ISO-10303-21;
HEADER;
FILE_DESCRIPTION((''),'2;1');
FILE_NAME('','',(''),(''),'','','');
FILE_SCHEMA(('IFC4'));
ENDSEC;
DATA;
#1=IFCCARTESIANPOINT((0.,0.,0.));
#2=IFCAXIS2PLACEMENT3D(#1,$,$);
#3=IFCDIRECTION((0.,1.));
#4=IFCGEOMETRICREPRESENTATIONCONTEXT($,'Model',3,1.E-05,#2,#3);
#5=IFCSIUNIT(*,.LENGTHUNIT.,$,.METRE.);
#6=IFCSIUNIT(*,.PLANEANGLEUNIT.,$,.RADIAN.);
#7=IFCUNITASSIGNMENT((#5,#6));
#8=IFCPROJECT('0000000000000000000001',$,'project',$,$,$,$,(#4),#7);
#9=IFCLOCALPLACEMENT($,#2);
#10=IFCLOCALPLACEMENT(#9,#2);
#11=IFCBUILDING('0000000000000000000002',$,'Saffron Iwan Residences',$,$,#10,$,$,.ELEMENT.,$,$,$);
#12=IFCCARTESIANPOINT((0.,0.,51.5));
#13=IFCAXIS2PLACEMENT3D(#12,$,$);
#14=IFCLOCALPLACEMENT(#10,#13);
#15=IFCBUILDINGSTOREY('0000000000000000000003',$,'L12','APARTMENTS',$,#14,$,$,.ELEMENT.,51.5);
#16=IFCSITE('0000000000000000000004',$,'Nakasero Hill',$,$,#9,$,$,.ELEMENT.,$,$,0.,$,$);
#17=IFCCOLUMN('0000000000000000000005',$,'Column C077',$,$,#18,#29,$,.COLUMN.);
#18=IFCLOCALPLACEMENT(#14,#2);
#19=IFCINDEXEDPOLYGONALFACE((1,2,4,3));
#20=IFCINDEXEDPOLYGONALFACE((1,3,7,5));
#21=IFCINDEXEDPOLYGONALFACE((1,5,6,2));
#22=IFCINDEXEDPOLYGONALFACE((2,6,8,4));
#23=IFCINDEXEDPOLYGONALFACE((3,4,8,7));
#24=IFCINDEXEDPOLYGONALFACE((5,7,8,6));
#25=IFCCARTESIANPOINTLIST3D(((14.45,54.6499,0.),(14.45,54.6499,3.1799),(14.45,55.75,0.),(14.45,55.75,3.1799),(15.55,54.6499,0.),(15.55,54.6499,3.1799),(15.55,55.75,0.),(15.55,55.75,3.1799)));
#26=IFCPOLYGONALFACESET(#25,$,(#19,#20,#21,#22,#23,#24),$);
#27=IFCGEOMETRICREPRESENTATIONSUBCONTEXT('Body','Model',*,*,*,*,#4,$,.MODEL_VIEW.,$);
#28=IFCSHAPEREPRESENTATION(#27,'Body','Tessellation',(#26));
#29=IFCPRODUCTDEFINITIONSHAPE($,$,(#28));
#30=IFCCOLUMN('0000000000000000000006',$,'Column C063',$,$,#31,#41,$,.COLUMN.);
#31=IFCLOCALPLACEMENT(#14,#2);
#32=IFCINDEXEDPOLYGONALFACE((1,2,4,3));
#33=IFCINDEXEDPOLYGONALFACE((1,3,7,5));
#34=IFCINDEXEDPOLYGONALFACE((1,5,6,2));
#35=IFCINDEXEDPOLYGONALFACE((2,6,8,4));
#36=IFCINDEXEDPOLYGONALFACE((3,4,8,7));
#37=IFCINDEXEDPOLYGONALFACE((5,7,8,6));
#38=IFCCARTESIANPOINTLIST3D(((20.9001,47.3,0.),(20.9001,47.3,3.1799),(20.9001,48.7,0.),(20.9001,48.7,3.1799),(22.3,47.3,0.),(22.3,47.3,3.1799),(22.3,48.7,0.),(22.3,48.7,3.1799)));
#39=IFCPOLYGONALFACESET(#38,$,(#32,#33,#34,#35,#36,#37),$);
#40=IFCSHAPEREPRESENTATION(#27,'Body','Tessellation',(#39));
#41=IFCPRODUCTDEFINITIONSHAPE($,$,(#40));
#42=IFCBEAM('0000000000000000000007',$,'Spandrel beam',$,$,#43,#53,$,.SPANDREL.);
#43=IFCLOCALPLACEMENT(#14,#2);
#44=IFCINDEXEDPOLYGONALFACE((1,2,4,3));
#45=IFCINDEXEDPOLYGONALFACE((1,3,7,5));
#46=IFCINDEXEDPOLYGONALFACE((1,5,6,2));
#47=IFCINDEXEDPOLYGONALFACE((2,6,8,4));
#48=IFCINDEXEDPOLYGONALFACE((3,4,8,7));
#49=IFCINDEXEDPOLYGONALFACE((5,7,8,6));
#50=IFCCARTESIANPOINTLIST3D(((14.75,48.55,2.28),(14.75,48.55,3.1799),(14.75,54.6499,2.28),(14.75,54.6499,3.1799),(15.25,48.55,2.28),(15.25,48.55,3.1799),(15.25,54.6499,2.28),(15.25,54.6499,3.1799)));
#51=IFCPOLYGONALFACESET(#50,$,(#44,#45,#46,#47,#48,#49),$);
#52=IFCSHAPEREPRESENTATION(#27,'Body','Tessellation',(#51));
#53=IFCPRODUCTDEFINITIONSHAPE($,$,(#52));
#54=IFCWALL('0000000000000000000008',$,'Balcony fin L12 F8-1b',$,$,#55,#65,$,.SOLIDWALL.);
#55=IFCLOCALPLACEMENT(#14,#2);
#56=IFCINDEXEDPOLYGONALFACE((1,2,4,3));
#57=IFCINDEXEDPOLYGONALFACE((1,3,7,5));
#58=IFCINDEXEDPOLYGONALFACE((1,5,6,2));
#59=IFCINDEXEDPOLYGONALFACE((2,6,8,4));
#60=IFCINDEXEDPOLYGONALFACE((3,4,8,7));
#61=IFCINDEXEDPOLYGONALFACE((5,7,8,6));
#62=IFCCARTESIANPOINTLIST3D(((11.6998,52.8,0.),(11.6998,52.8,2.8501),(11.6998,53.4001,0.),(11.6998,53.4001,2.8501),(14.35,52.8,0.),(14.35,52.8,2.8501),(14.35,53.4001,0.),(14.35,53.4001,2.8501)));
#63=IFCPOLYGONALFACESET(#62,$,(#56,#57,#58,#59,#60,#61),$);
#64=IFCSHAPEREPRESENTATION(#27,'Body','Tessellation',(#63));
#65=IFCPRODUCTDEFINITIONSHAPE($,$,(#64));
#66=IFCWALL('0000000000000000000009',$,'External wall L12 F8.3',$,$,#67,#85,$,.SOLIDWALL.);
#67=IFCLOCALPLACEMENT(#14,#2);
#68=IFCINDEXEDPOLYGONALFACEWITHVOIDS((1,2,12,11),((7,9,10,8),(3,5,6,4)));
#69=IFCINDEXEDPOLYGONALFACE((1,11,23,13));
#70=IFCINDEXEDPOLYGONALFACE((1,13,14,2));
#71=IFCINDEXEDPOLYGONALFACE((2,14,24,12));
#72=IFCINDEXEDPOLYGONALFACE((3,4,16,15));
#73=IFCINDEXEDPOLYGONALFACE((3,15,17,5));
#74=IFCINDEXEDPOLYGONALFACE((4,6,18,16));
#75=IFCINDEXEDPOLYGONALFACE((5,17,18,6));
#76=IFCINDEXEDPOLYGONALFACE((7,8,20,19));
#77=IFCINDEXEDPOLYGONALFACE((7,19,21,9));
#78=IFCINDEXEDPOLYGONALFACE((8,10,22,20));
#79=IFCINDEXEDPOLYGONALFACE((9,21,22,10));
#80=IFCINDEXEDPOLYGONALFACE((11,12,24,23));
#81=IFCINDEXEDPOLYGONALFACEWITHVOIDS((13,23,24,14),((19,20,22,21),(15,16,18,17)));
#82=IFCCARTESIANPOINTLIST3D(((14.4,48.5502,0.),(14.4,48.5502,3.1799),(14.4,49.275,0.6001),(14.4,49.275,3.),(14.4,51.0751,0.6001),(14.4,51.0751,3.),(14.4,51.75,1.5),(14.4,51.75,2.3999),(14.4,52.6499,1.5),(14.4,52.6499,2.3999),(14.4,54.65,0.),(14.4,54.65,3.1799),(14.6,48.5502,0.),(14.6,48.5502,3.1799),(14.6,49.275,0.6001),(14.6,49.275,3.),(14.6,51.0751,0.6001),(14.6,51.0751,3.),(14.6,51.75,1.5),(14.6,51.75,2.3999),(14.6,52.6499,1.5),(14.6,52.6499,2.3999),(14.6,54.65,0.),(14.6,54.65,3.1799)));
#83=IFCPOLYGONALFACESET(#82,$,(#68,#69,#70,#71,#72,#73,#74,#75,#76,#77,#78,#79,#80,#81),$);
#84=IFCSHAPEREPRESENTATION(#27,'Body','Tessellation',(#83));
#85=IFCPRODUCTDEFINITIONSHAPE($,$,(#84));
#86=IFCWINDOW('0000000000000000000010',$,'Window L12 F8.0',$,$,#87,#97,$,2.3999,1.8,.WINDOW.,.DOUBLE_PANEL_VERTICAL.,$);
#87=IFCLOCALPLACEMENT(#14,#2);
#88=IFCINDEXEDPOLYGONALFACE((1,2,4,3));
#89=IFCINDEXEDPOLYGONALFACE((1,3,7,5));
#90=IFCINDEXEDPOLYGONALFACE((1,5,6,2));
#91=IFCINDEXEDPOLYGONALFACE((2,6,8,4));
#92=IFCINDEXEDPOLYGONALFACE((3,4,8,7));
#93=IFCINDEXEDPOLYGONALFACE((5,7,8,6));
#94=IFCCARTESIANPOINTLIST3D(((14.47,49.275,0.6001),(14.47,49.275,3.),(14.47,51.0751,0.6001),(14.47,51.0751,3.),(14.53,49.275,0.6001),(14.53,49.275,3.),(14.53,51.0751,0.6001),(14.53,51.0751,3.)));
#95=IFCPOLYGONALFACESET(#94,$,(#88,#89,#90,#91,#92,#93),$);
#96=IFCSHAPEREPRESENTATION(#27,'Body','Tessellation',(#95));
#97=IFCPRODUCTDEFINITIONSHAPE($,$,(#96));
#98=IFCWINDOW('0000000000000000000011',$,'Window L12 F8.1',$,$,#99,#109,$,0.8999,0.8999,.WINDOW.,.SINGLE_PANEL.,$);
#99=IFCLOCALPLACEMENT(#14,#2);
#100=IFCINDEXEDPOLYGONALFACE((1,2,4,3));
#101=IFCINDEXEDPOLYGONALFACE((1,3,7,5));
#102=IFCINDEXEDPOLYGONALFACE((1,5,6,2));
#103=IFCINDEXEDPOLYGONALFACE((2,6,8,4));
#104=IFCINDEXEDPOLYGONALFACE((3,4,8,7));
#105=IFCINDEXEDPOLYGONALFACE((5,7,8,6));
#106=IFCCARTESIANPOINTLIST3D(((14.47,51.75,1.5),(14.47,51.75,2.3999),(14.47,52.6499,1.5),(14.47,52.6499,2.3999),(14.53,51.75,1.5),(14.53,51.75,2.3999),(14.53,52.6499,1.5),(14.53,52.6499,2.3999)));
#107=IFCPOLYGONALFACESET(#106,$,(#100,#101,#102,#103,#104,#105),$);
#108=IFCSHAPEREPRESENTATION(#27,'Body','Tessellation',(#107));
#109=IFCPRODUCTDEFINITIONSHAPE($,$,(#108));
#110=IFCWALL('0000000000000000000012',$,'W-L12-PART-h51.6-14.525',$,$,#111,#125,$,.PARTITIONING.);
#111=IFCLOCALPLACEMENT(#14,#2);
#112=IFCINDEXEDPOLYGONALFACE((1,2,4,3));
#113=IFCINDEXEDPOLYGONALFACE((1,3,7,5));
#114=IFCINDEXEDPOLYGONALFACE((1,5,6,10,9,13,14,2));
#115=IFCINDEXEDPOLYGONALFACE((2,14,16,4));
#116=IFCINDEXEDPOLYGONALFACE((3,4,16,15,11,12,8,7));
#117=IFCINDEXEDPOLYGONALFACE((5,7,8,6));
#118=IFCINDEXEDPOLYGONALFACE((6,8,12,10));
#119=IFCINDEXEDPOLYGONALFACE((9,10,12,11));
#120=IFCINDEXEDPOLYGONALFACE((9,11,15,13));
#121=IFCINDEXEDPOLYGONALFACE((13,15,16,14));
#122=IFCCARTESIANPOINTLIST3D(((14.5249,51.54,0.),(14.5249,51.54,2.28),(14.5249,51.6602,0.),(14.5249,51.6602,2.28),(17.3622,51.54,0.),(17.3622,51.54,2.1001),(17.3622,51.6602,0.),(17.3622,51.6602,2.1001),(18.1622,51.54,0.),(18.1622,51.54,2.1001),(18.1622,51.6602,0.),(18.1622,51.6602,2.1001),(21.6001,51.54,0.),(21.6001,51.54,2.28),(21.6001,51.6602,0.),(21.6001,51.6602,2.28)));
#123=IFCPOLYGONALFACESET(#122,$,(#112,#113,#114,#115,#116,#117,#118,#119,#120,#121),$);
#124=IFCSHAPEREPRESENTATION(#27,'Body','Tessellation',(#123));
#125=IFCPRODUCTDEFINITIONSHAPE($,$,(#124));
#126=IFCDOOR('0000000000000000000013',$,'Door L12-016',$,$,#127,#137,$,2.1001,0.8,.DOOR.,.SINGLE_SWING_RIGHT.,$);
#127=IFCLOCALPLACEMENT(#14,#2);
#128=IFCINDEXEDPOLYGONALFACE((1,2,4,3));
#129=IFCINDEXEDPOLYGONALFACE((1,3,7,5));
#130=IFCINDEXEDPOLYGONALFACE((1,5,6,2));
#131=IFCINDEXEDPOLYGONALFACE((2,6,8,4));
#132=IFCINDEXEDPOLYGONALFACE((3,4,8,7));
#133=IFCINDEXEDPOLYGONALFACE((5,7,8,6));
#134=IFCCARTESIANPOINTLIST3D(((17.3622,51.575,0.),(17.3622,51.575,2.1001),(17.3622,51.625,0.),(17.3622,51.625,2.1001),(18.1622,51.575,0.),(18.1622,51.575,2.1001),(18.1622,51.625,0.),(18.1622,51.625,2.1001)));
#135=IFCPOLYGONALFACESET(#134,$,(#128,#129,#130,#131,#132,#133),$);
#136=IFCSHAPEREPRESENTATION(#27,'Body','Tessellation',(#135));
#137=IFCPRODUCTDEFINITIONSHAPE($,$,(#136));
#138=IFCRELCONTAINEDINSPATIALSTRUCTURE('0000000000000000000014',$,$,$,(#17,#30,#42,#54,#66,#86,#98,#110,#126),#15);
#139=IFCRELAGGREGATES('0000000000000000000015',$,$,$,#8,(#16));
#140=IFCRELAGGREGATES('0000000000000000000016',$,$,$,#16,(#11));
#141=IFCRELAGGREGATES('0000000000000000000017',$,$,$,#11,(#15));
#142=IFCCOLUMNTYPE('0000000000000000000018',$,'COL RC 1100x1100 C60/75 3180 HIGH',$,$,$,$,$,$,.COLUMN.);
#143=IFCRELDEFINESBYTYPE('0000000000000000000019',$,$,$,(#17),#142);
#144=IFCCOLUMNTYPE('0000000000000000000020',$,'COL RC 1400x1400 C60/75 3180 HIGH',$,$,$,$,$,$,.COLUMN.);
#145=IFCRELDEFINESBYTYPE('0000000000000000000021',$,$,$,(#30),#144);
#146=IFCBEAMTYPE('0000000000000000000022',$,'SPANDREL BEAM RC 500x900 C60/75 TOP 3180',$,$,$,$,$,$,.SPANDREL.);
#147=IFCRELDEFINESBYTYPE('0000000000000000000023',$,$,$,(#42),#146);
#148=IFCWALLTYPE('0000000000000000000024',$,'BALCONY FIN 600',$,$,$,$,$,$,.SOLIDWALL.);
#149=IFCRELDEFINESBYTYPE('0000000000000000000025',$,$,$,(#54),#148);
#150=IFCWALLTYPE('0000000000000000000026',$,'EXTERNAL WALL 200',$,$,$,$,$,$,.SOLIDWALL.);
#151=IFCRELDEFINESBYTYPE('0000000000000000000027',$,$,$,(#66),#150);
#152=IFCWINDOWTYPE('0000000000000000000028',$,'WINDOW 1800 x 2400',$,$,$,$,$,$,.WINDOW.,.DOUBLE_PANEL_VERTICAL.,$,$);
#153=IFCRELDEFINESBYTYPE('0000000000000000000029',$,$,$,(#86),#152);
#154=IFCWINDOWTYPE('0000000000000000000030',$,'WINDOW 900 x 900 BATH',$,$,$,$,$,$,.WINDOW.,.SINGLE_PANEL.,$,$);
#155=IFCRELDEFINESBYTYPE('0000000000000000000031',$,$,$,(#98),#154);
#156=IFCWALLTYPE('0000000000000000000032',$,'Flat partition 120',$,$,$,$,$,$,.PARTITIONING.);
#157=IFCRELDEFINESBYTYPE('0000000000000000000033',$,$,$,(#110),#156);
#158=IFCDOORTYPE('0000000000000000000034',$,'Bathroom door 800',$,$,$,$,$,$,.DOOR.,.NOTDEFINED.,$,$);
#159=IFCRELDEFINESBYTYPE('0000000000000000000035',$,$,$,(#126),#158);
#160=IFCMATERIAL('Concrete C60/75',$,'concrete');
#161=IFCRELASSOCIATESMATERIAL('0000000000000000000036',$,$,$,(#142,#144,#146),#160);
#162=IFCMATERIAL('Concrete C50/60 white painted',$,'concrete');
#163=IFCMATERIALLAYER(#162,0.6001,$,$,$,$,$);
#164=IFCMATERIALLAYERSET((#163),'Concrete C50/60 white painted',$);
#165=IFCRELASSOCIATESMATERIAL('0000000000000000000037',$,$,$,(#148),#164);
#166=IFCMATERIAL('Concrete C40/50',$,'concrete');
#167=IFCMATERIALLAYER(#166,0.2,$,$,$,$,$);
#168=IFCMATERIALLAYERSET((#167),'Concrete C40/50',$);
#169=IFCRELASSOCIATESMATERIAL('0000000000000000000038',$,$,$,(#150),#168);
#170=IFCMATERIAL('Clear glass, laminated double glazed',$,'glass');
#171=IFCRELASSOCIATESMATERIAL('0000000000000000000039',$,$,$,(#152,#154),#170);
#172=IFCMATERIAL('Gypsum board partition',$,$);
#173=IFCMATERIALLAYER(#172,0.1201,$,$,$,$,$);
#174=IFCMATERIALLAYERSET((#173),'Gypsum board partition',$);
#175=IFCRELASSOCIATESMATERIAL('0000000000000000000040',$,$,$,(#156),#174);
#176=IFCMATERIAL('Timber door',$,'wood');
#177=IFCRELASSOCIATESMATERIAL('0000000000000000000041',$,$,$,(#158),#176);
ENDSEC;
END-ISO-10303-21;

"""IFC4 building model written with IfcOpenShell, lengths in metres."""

from ifc_helpers import new_model, si_unit, direction, frame, frame_2d, origin, origin_2d, place, context, subcontext, project, spatial, rectangle, extrude, source, transform, mapped, material, layer, layer_set, material_profile, profile_set, type_object, element, fill, save


model = new_model("IFC4")

# Units and contexts
model_context = context("Model", 3, precision=1e-05, world=origin(), true_north=direction((0.0, 1.0)))
body_context = subcontext(model_context, "Body", "Model", "MODEL_VIEW")
ifc_project = project(units=[si_unit("LENGTHUNIT", "METRE"), si_unit("PLANEANGLEUNIT", "RADIAN")], contexts=[model_context])

# Site, building, storey
site_placement = place(None, origin())
site = spatial("IfcSite", under=ifc_project, at=site_placement, Name="Nakasero Hill", CompositionType="ELEMENT", RefElevation=0.0)
building_placement = place(site_placement, origin())
building = spatial("IfcBuilding", under=site, at=building_placement, Name="Saffron Iwan Residences", CompositionType="ELEMENT")
storey_placement = place(building_placement, frame((0.0, 0.0, 51.5)))
storey = spatial("IfcBuildingStorey", under=building, at=storey_placement, Name="L12", Description="APARTMENTS", CompositionType="ELEMENT", Elevation=51.5)

# Columns
ifc_material_1 = material(Name="Concrete C60/75", Category="concrete")
ifc_material_profile_1 = material_profile(ifc_material_1, rectangle(XDim=1.1001, YDim=1.1001, at=origin_2d()), Name="RC 1100x1100")
ifc_profile_set_1 = profile_set([ifc_material_profile_1], Name="Concrete C60/75")
column_type_1 = type_object("IfcColumnType", Name="COL RC 1100x1100 C60/75 3180 HIGH", PredefinedType="COLUMN", material=ifc_profile_set_1)
shared_shape_1 = source(origin(), body_context, "Body", "SweptSolid", [
    extrude(rectangle(XDim=1.1001, YDim=1.1001, at=origin_2d()), origin(), (0.0, 0.0, 1.0), 3.1799),
])
column_1_placement = place(storey_placement, frame((15.0, 55.2, 0.0), z_axis=(0.0, 0.0, 1.0), x_axis=(1.0, 0.0, 0.0)))
element("IfcColumn", 1, at=column_1_placement, inside=storey, type_object=column_type_1, Name="Column C077", PredefinedType="COLUMN", context=body_context, shape_type="MappedRepresentation", body=[
    mapped(shared_shape_1, transform((0.0, 0.0, 0.0))),
])
ifc_material_profile_2 = material_profile(ifc_material_1, rectangle(XDim=1.3999, YDim=1.3999, at=origin_2d()), Name="RC 1400x1400")
ifc_profile_set_2 = profile_set([ifc_material_profile_2], Name="Concrete C60/75")
column_type_2 = type_object("IfcColumnType", Name="COL RC 1400x1400 C60/75 3180 HIGH", PredefinedType="COLUMN", material=ifc_profile_set_2)
shared_shape_2 = source(origin(), body_context, "Body", "SweptSolid", [
    extrude(rectangle(XDim=1.3999, YDim=1.3999, at=origin_2d()), origin(), (0.0, 0.0, 1.0), 3.1799),
])
column_2_placement = place(storey_placement, frame((21.6001, 48.0, 0.0), z_axis=(0.0, 0.0, 1.0), x_axis=(1.0, 0.0, 0.0)))
element("IfcColumn", 2, at=column_2_placement, inside=storey, type_object=column_type_2, Name="Column C063", PredefinedType="COLUMN", context=body_context, shape_type="MappedRepresentation", body=[
    mapped(shared_shape_2, transform((0.0, 0.0, 0.0))),
])

# Beam
ifc_material_profile_3 = material_profile(ifc_material_1, rectangle(XDim=0.5, YDim=0.8999, at=origin_2d()), Name="RC 500x900")
ifc_profile_set_3 = profile_set([ifc_material_profile_3], Name="Concrete C60/75")
beam_type = type_object("IfcBeamType", Name="SPANDREL BEAM RC 500x900 C60/75 TOP 3180", PredefinedType="SPANDREL", material=ifc_profile_set_3)
shared_shape_3 = source(origin(), body_context, "Body", "SweptSolid", [
    extrude(rectangle(XDim=0.5, YDim=0.8999, at=origin_2d()), origin(), (0.0, 0.0, 1.0), 6.0999),
])
beam_placement = place(storey_placement, frame((15.0, 48.55, 2.73), z_axis=(0.0, 1.0, 0.0), x_axis=(-1.0, 0.0, 0.0)))
element("IfcBeam", 3, at=beam_placement, inside=storey, type_object=beam_type, Name="Spandrel beam", PredefinedType="SPANDREL", context=body_context, shape_type="MappedRepresentation", body=[
    mapped(shared_shape_3, transform((0.0, 0.0, 0.0))),
])

# Wall
ifc_material_2 = material(Name="Concrete C50/60 white painted", Category="concrete")
ifc_layer_1 = layer(ifc_material_2, 0.6001)
ifc_layer_set_1 = layer_set([ifc_layer_1], Name="Concrete C50/60 white painted")
wall_type_1 = type_object("IfcWallType", Name="BALCONY FIN 600", PredefinedType="SOLIDWALL", material=ifc_layer_set_1)
wall_1_placement = place(storey_placement, frame((14.3501, 53.1001, 0.0), z_axis=(0.0, 0.0, 1.0), x_axis=(-1.0, 0.0, 0.0)))
element("IfcWall", 4, at=wall_1_placement, inside=storey, type_object=wall_type_1, Name="Balcony fin L12 F8-1b", PredefinedType="SOLIDWALL", context=body_context, shape_type="SweptSolid", body=[
    extrude(rectangle(XDim=2.6501, YDim=0.6001, at=frame_2d((1.3252, 0.0))), origin(), (0.0, 0.0, 1.0), 2.8501),
])

# Wall, openings, windows
ifc_material_3 = material(Name="Concrete C40/50", Category="concrete")
ifc_layer_2 = layer(ifc_material_3, 0.2)
ifc_layer_set_2 = layer_set([ifc_layer_2], Name="Concrete C40/50")
wall_type_2 = type_object("IfcWallType", Name="EXTERNAL WALL 200", PredefinedType="SOLIDWALL", material=ifc_layer_set_2)
wall_2_placement = place(storey_placement, frame((14.5, 54.6499, 0.0), z_axis=(0.0, 0.0, 1.0), x_axis=(0.0, -1.0, 0.0)))
wall_2 = element("IfcWall", 5, at=wall_2_placement, inside=storey, type_object=wall_type_2, Name="External wall L12 F8.3", PredefinedType="SOLIDWALL", context=body_context, shape_type="SweptSolid", body=[
    extrude(rectangle(XDim=6.0999, YDim=0.2, at=frame_2d((3.0498, 0.0))), origin(), (0.0, 0.0, 1.0), 3.1799),
])
opening_1_placement = place(wall_2_placement, frame((3.575, 0.0, 0.6001)))
opening_1 = element("IfcOpeningElement", 6, at=opening_1_placement, cuts=wall_2, PredefinedType="OPENING", context=body_context, shape_type="SweptSolid", body=[
    extrude(rectangle(XDim=1.8, YDim=2.3999, at=frame_2d((0.8999, 1.2))), frame((0.0, 0.1099, 0.0), z_axis=(0.0, -1.0, 0.0), x_axis=(1.0, 0.0, 0.0)), (0.0, 0.0, 1.0), 0.22),
])
opening_2_placement = place(wall_2_placement, frame((2.0, 0.0, 1.5)))
opening_2 = element("IfcOpeningElement", 7, at=opening_2_placement, cuts=wall_2, PredefinedType="OPENING", context=body_context, shape_type="SweptSolid", body=[
    extrude(rectangle(XDim=0.8999, YDim=0.8999, at=frame_2d((0.45, 0.45))), frame((0.0, 0.1099, 0.0), z_axis=(0.0, -1.0, 0.0), x_axis=(1.0, 0.0, 0.0)), (0.0, 0.0, 1.0), 0.22),
])
ifc_material_4 = material(Name="Clear glass, laminated double glazed", Category="glass")
window_type_1 = type_object("IfcWindowType", Name="WINDOW 1800 x 2400", PartitioningType="DOUBLE_PANEL_VERTICAL", PredefinedType="WINDOW", material=ifc_material_4)
window_1_placement = place(opening_1_placement, origin())
window_1 = element("IfcWindow", 8, at=window_1_placement, inside=storey, type_object=window_type_1, Name="Window L12 F8.0", OverallHeight=2.3999, OverallWidth=1.8, PartitioningType="DOUBLE_PANEL_VERTICAL", PredefinedType="WINDOW", context=body_context, shape_type="SweptSolid", body=[
    extrude(rectangle(XDim=1.8, YDim=2.3999, at=frame_2d((0.8999, 1.2))), frame((0.0, 0.03, 0.0), z_axis=(0.0, -1.0, 0.0), x_axis=(1.0, 0.0, 0.0)), (0.0, 0.0, 1.0), 0.0601),
])
fill(opening_1, window_1)
window_type_2 = type_object("IfcWindowType", Name="WINDOW 900 x 900 BATH", PartitioningType="SINGLE_PANEL", PredefinedType="WINDOW", material=ifc_material_4)
window_2_placement = place(opening_2_placement, origin())
window_2 = element("IfcWindow", 9, at=window_2_placement, inside=storey, type_object=window_type_2, Name="Window L12 F8.1", OverallHeight=0.8999, OverallWidth=0.8999, PartitioningType="SINGLE_PANEL", PredefinedType="WINDOW", context=body_context, shape_type="SweptSolid", body=[
    extrude(rectangle(XDim=0.8999, YDim=0.8999, at=frame_2d((0.45, 0.45))), frame((0.0, 0.03, 0.0), z_axis=(0.0, -1.0, 0.0), x_axis=(1.0, 0.0, 0.0)), (0.0, 0.0, 1.0), 0.0601),
])
fill(opening_2, window_2)

# Wall, opening, door
ifc_material_5 = material(Name="Gypsum board partition")
ifc_layer_3 = layer(ifc_material_5, 0.1201)
ifc_layer_set_3 = layer_set([ifc_layer_3], Name="Gypsum board partition")
wall_type_3 = type_object("IfcWallType", Name="Flat partition 120", PredefinedType="PARTITIONING", material=ifc_layer_set_3)
wall_3_placement = place(storey_placement, frame((14.5249, 51.6001, 0.0), z_axis=(0.0, 0.0, 1.0), x_axis=(1.0, 0.0, 0.0)))
wall_3 = element("IfcWall", 10, at=wall_3_placement, inside=storey, type_object=wall_type_3, Name="W-L12-PART-h51.6-14.525", PredefinedType="PARTITIONING", context=body_context, shape_type="SweptSolid", body=[
    extrude(rectangle(XDim=7.0752, YDim=0.1201, at=frame_2d((3.5376, 0.0))), origin(), (0.0, 0.0, 1.0), 2.28),
])
opening_3_placement = place(wall_3_placement, frame((2.8374, 0.0, 0.0)))
opening_3 = element("IfcOpeningElement", 11, at=opening_3_placement, cuts=wall_3, PredefinedType="OPENING", context=body_context, shape_type="SweptSolid", body=[
    extrude(rectangle(XDim=0.8, YDim=2.1001, at=frame_2d((0.3999, 1.05))), frame((0.0, 0.0701, 0.0), z_axis=(0.0, -1.0, 0.0), x_axis=(1.0, 0.0, 0.0)), (0.0, 0.0, 1.0), 0.1401),
])
ifc_material_6 = material(Name="Timber door", Category="wood")
door_type_1 = type_object("IfcDoorType", Name="Bathroom door 800", OperationType="NOTDEFINED", PredefinedType="DOOR", material=ifc_material_6)
door_1_placement = place(opening_3_placement, origin())
door_1 = element("IfcDoor", 12, at=door_1_placement, inside=storey, type_object=door_type_1, Name="Door L12-016", OperationType="SINGLE_SWING_RIGHT", OverallHeight=2.1001, OverallWidth=0.8, PredefinedType="DOOR", context=body_context, shape_type="SweptSolid", body=[
    extrude(rectangle(XDim=0.8, YDim=2.1001, at=frame_2d((0.3999, 1.05))), frame((0.0, 0.0249, 0.0), z_axis=(0.0, -1.0, 0.0), x_axis=(1.0, 0.0, 0.0)), (0.0, 0.0, 1.0), 0.05),
])
fill(opening_3, door_1)

save(model, "model.ifc")
